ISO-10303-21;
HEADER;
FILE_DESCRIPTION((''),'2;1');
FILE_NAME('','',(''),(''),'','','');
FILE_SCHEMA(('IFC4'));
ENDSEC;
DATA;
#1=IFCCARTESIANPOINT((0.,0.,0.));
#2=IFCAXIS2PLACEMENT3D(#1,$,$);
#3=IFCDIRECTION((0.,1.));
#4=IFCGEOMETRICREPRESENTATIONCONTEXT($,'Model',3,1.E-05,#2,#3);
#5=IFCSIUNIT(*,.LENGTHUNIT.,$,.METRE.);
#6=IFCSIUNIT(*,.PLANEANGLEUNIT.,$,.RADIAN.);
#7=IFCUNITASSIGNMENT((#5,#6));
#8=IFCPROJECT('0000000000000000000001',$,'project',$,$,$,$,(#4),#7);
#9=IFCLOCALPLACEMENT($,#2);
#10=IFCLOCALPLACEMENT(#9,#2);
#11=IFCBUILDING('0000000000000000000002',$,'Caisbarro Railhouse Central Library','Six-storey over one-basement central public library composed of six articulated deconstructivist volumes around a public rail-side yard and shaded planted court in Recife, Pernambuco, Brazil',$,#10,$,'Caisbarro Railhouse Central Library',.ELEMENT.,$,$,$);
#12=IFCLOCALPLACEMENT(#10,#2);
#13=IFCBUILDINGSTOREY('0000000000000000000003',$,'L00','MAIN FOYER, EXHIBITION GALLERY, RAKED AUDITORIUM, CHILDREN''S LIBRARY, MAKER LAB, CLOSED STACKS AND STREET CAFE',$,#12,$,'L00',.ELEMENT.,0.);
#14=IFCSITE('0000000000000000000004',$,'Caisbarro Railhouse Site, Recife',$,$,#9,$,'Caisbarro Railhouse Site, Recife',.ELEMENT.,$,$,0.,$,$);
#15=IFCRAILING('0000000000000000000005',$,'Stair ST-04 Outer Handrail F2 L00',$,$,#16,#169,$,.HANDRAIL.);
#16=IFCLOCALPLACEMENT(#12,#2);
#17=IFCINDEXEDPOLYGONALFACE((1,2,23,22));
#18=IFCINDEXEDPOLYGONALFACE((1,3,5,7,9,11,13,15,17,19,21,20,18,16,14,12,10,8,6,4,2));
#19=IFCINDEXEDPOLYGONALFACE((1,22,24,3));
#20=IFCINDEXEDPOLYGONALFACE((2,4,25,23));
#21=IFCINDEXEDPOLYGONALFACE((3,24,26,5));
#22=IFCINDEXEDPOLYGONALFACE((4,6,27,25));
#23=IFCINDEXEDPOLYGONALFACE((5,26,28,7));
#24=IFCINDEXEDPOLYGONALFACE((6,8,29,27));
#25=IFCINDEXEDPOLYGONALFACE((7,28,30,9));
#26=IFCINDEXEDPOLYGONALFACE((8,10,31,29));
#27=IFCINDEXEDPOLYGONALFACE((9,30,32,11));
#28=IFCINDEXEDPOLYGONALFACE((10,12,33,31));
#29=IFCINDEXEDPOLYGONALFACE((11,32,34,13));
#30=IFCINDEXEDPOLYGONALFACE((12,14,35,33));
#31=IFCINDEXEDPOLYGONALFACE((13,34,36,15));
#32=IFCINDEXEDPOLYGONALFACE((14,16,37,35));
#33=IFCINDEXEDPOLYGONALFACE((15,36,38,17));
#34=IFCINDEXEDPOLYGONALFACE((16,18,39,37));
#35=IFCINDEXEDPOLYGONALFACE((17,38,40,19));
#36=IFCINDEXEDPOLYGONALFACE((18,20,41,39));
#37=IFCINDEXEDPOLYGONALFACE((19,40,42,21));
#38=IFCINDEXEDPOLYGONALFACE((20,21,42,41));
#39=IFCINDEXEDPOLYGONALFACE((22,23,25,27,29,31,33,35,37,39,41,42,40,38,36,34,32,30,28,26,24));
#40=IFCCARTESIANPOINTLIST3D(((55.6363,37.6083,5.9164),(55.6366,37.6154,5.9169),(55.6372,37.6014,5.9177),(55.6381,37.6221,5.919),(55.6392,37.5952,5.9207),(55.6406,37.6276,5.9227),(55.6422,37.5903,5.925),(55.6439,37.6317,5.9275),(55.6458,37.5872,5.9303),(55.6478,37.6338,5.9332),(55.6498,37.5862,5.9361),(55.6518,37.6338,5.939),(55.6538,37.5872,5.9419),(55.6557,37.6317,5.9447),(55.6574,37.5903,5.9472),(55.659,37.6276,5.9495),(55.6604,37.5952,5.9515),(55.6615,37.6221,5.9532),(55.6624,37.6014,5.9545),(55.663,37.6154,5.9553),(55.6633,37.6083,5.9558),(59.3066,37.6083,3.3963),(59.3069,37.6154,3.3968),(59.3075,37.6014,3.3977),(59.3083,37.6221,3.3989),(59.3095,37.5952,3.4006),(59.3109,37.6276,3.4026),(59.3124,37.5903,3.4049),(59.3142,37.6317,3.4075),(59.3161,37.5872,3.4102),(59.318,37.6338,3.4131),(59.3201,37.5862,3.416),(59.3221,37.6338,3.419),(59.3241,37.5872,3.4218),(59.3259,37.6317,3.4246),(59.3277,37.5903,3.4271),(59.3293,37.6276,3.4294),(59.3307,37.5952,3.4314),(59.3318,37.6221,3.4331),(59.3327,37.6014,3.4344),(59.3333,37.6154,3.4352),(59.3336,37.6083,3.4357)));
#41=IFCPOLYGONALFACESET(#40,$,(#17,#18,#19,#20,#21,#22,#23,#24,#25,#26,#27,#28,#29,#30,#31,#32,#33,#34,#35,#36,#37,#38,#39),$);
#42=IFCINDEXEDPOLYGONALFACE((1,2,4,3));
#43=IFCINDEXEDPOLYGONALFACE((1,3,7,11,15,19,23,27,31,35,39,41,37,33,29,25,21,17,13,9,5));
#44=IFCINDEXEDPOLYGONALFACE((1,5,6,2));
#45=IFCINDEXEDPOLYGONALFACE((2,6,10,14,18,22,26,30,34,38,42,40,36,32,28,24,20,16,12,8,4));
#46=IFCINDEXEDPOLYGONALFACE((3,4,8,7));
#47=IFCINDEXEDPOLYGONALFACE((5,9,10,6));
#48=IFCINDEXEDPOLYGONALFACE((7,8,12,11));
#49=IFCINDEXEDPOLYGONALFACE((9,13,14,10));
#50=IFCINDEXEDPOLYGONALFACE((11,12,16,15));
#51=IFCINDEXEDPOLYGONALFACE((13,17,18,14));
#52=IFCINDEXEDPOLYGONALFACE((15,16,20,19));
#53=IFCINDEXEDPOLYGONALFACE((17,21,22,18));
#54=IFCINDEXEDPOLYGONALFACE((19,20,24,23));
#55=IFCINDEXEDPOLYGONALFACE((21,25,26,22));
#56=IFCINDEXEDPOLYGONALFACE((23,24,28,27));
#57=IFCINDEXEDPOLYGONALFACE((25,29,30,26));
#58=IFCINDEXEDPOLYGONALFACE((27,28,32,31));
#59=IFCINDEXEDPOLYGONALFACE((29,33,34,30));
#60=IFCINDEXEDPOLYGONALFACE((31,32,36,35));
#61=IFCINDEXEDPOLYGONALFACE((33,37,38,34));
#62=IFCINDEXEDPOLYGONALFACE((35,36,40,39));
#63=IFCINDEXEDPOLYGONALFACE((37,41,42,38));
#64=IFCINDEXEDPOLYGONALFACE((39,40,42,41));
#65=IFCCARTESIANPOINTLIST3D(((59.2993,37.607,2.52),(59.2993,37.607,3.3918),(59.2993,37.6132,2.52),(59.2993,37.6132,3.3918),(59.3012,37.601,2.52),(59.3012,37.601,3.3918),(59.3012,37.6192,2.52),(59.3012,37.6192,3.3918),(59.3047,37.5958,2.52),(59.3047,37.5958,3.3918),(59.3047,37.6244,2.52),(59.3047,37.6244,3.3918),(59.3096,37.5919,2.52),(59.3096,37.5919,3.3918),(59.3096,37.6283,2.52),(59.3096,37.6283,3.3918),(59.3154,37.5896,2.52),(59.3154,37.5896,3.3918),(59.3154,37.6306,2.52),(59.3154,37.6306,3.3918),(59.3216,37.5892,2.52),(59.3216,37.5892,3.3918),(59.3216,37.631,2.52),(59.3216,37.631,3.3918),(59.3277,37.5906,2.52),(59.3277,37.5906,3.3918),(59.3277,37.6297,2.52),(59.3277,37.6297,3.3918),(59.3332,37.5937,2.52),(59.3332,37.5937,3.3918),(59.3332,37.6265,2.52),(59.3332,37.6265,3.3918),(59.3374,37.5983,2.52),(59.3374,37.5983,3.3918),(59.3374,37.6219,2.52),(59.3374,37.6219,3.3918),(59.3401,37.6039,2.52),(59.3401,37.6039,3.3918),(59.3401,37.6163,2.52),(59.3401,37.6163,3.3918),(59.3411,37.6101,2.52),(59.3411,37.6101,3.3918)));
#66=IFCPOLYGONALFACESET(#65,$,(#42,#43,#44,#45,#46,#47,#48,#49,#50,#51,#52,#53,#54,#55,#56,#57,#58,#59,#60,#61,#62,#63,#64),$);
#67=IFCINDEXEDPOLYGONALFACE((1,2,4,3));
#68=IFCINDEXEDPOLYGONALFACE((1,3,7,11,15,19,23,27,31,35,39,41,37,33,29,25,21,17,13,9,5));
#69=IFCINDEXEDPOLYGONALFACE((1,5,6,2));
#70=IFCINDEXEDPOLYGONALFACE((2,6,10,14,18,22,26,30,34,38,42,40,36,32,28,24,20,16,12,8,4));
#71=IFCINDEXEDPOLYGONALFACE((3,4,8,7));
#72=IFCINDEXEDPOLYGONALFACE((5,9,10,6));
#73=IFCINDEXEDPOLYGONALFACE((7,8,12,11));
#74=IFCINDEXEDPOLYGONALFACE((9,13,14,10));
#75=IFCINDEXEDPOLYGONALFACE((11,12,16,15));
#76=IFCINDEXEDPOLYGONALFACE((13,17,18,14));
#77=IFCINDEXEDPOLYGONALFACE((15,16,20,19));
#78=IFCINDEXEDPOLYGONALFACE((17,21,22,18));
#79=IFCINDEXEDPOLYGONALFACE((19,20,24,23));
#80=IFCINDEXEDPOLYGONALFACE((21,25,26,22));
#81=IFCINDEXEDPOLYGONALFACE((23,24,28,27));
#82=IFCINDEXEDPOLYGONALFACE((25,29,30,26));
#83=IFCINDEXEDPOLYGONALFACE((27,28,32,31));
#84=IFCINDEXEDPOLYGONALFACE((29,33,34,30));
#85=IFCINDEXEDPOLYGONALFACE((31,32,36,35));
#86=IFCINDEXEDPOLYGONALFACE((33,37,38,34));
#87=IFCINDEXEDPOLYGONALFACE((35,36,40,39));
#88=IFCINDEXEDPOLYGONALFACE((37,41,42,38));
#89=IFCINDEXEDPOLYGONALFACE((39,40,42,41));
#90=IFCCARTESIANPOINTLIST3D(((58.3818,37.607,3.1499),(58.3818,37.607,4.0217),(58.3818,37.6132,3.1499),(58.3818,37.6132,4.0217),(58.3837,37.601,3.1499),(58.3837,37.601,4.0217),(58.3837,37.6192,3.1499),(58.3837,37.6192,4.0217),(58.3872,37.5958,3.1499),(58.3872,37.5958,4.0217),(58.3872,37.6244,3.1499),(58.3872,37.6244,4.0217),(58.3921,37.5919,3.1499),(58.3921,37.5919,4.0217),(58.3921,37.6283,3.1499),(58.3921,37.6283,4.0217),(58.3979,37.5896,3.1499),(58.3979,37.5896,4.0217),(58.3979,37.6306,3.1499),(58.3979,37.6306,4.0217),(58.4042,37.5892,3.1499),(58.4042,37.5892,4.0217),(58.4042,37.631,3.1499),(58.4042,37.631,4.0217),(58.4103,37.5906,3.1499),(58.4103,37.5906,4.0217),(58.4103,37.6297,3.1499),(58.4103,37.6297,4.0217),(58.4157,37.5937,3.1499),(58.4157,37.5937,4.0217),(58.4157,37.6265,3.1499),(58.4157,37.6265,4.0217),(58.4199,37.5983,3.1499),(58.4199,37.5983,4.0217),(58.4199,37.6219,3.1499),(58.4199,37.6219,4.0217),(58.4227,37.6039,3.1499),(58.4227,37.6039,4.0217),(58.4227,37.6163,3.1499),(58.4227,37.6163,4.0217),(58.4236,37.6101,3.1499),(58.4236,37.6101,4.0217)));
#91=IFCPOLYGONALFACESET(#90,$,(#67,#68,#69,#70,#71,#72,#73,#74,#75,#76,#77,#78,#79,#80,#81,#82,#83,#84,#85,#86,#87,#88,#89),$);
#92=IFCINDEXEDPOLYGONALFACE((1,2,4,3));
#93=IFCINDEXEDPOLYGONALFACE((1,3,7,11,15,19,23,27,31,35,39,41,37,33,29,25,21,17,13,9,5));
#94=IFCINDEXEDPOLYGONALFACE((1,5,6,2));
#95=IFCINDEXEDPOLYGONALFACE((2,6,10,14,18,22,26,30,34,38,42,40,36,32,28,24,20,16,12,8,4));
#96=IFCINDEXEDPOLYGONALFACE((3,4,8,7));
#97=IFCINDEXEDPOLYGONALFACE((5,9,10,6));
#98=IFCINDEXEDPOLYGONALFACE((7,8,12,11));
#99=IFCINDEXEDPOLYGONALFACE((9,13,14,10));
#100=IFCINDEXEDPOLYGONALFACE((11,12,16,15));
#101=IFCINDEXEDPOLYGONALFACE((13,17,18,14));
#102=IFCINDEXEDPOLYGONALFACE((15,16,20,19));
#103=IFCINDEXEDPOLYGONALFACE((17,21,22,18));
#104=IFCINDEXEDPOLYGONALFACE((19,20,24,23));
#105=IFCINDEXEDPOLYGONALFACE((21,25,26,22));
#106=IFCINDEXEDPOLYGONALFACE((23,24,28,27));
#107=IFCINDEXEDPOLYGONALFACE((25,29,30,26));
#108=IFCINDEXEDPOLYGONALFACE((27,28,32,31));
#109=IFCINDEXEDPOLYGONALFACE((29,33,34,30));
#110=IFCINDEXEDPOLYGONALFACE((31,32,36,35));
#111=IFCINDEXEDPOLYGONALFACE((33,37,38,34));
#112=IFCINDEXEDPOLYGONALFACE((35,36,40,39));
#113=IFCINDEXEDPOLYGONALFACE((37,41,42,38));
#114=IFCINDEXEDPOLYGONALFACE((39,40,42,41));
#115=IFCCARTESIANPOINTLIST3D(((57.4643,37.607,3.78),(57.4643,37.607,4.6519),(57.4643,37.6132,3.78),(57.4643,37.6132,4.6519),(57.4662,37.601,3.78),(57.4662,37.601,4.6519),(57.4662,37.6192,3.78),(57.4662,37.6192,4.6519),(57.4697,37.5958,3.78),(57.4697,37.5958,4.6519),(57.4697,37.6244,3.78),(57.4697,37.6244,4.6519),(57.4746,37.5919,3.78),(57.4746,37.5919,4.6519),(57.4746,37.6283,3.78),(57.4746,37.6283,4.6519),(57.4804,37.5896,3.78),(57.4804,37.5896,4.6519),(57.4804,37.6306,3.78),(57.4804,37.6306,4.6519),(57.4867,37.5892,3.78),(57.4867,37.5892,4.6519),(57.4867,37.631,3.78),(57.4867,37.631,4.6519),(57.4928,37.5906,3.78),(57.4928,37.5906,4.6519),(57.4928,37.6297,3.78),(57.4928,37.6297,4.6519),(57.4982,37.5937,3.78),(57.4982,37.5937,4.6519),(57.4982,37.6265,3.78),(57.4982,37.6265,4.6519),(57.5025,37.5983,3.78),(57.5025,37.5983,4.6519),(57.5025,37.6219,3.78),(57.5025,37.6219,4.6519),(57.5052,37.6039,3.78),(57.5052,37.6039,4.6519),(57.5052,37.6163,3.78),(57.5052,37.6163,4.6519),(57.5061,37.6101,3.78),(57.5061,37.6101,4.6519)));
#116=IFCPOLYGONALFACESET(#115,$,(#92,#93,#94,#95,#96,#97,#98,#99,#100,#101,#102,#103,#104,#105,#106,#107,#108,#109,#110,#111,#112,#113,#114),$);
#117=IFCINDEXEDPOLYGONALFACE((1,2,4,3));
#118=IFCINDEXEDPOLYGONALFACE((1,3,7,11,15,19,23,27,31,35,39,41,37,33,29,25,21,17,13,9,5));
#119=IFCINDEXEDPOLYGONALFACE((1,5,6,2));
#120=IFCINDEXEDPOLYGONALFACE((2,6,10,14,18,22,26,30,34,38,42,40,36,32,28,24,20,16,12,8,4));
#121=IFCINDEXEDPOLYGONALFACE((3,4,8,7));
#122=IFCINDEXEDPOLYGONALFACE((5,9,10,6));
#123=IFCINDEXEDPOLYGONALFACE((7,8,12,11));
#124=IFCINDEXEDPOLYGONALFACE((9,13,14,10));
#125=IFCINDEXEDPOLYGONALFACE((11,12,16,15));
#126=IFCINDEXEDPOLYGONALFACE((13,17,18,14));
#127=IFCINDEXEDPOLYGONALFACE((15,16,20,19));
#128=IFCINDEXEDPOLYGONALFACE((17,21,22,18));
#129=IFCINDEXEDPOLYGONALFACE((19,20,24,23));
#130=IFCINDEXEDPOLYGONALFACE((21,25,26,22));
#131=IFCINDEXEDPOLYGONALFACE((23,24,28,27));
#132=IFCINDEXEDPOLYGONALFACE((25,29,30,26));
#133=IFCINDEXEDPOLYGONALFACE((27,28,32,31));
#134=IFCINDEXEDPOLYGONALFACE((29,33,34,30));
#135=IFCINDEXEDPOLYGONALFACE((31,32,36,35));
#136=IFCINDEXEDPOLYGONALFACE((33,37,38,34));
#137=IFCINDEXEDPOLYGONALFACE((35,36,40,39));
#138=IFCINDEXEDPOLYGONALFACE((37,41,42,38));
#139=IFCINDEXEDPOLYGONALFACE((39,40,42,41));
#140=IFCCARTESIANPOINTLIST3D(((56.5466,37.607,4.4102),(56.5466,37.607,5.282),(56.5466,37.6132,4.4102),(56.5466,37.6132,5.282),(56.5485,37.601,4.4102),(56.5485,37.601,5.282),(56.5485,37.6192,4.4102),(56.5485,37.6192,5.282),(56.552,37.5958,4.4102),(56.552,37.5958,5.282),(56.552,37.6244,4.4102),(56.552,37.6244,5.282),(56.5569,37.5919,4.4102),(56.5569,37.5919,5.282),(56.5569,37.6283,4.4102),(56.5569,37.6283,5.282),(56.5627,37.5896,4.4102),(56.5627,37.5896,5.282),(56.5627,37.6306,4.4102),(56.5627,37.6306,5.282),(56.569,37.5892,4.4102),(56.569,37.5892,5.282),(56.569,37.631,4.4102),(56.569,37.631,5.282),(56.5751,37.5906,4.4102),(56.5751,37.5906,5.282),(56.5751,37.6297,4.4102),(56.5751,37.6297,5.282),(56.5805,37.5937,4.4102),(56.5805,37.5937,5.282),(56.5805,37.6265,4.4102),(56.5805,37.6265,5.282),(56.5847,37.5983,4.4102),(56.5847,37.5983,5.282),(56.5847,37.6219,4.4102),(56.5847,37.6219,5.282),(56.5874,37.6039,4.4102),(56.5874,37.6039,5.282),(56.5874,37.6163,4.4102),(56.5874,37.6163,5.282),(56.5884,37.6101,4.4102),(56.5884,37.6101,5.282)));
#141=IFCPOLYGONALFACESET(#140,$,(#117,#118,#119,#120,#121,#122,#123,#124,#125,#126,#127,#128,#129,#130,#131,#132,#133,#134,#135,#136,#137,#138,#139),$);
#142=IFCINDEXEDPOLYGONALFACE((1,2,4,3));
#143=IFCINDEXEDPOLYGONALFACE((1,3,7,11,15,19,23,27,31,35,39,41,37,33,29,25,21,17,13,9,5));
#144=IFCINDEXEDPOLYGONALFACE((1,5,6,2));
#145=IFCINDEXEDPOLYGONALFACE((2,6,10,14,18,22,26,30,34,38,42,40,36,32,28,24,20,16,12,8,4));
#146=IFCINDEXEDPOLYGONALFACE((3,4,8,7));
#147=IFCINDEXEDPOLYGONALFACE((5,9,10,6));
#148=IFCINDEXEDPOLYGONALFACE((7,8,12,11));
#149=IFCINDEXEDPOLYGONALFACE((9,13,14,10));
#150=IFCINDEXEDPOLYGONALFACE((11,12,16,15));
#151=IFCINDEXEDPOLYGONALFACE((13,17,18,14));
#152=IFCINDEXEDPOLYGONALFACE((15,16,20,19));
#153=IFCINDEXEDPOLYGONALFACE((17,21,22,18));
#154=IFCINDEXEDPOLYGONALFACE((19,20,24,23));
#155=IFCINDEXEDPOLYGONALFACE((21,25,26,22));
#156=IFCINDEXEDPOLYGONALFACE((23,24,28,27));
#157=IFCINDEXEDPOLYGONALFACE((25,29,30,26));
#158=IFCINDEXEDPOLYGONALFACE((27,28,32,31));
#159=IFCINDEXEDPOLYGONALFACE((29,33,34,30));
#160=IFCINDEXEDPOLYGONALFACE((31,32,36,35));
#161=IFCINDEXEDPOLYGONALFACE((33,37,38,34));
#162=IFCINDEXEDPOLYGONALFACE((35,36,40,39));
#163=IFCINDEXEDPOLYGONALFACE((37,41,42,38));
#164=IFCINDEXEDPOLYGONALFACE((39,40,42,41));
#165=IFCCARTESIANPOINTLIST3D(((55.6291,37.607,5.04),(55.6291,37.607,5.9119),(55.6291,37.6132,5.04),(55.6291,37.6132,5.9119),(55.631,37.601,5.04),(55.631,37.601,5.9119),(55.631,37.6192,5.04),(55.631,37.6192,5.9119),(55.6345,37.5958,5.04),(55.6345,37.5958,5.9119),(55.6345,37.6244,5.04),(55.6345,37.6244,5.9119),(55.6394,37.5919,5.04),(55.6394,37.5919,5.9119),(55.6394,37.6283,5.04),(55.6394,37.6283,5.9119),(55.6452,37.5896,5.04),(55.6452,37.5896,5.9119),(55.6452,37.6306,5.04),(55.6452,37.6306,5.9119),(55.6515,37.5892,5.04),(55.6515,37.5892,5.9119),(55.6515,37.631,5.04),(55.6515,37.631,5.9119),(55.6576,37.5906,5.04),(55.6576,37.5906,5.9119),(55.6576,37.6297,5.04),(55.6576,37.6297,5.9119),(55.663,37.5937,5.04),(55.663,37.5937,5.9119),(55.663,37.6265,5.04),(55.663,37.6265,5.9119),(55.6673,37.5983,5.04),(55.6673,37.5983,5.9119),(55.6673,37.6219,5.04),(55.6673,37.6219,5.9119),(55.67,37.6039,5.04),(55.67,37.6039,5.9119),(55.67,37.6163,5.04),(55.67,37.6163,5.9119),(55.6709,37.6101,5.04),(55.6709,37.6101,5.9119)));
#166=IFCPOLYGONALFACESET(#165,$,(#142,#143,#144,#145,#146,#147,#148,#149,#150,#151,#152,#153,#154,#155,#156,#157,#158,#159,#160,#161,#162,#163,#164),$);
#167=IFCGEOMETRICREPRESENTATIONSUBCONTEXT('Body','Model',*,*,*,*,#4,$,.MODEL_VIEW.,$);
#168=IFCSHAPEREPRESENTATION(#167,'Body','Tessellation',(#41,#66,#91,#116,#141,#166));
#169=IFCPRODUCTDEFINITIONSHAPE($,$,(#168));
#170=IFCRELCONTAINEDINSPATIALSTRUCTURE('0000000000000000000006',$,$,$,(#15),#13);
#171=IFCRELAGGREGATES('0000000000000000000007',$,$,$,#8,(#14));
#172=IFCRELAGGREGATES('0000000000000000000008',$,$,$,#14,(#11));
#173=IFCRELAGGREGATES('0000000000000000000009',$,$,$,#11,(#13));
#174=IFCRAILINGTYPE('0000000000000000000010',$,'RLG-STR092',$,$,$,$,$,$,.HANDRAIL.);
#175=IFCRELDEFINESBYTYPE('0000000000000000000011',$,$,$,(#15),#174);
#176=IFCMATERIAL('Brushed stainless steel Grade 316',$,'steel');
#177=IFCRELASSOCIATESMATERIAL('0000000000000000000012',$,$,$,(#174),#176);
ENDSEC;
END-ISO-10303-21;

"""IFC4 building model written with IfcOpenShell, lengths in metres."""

from ifc_helpers import new_model, si_unit, direction, frame, origin, origin_2d, place, context, subcontext, project, spatial, circle, extrude, material, type_object, element, save


model = new_model("IFC4")

# Units and contexts
model_context = context("Model", 3, precision=1e-05, world=origin(), true_north=direction((0.0, 1.0)))
body_context = subcontext(model_context, "Body", "Model", "MODEL_VIEW")
ifc_project = project(units=[si_unit("LENGTHUNIT", "METRE"), si_unit("PLANEANGLEUNIT", "RADIAN")], contexts=[model_context])

# Site, building, storey
site_placement = place(None, origin())
site = spatial("IfcSite", under=ifc_project, at=site_placement, Name="Caisbarro Railhouse Site, Recife", LongName="Caisbarro Railhouse Site, Recife", CompositionType="ELEMENT", RefElevation=0.0)
building_placement = place(site_placement, origin())
building = spatial("IfcBuilding", under=site, at=building_placement, Name="Caisbarro Railhouse Central Library", Description="Six-storey over one-basement central public library composed of six articulated deconstructivist volumes around a public rail-side yard and shaded planted court in Recife, Pernambuco, Brazil", LongName="Caisbarro Railhouse Central Library", CompositionType="ELEMENT")
storey_placement = place(building_placement, origin())
storey = spatial("IfcBuildingStorey", under=building, at=storey_placement, Name="L00", Description="MAIN FOYER, EXHIBITION GALLERY, RAKED AUDITORIUM, CHILDREN'S LIBRARY, MAKER LAB, CLOSED STACKS AND STREET CAFE", LongName="L00", CompositionType="ELEMENT", Elevation=0.0)

# Railing
ifc_material_1 = material(Name="Brushed stainless steel Grade 316", Category="steel")
railing_type_1 = type_object("IfcRailingType", Name="RLG-STR092", PredefinedType="HANDRAIL", material=ifc_material_1)
railing_1_placement = place(storey_placement, frame((59.3201, 37.6101, 2.52)))
element("IfcRailing", 1, at=railing_1_placement, inside=storey, type_object=railing_type_1, Name="Stair ST-04 Outer Handrail F2 L00", PredefinedType="HANDRAIL", context=body_context, shape_type="SweptSolid", body=[
    extrude(circle(Radius=0.0239, at=origin_2d()), frame((0.0, 0.0, 0.896), z_axis=(-0.824379, 0.0, 0.566038), x_axis=(0.0, -1.0, 0.0)), (0.0, 0.0, 1.0), 4.4521),
    extrude(circle(Radius=0.021, at=origin_2d()), origin(), (0.0, 0.0, 1.0), 0.8718),
    extrude(circle(Radius=0.021, at=origin_2d()), frame((-0.9175, 0.0, 0.6299)), (0.0, 0.0, 1.0), 0.8718),
    extrude(circle(Radius=0.021, at=origin_2d()), frame((-1.835, 0.0, 1.26)), (0.0, 0.0, 1.0), 0.8718),
    extrude(circle(Radius=0.021, at=origin_2d()), frame((-2.7527, 0.0, 1.8901)), (0.0, 0.0, 1.0), 0.8718),
    extrude(circle(Radius=0.021, at=origin_2d()), frame((-3.6702, 0.0, 2.52)), (0.0, 0.0, 1.0), 0.8718),
])

save(model, "model.ifc")
